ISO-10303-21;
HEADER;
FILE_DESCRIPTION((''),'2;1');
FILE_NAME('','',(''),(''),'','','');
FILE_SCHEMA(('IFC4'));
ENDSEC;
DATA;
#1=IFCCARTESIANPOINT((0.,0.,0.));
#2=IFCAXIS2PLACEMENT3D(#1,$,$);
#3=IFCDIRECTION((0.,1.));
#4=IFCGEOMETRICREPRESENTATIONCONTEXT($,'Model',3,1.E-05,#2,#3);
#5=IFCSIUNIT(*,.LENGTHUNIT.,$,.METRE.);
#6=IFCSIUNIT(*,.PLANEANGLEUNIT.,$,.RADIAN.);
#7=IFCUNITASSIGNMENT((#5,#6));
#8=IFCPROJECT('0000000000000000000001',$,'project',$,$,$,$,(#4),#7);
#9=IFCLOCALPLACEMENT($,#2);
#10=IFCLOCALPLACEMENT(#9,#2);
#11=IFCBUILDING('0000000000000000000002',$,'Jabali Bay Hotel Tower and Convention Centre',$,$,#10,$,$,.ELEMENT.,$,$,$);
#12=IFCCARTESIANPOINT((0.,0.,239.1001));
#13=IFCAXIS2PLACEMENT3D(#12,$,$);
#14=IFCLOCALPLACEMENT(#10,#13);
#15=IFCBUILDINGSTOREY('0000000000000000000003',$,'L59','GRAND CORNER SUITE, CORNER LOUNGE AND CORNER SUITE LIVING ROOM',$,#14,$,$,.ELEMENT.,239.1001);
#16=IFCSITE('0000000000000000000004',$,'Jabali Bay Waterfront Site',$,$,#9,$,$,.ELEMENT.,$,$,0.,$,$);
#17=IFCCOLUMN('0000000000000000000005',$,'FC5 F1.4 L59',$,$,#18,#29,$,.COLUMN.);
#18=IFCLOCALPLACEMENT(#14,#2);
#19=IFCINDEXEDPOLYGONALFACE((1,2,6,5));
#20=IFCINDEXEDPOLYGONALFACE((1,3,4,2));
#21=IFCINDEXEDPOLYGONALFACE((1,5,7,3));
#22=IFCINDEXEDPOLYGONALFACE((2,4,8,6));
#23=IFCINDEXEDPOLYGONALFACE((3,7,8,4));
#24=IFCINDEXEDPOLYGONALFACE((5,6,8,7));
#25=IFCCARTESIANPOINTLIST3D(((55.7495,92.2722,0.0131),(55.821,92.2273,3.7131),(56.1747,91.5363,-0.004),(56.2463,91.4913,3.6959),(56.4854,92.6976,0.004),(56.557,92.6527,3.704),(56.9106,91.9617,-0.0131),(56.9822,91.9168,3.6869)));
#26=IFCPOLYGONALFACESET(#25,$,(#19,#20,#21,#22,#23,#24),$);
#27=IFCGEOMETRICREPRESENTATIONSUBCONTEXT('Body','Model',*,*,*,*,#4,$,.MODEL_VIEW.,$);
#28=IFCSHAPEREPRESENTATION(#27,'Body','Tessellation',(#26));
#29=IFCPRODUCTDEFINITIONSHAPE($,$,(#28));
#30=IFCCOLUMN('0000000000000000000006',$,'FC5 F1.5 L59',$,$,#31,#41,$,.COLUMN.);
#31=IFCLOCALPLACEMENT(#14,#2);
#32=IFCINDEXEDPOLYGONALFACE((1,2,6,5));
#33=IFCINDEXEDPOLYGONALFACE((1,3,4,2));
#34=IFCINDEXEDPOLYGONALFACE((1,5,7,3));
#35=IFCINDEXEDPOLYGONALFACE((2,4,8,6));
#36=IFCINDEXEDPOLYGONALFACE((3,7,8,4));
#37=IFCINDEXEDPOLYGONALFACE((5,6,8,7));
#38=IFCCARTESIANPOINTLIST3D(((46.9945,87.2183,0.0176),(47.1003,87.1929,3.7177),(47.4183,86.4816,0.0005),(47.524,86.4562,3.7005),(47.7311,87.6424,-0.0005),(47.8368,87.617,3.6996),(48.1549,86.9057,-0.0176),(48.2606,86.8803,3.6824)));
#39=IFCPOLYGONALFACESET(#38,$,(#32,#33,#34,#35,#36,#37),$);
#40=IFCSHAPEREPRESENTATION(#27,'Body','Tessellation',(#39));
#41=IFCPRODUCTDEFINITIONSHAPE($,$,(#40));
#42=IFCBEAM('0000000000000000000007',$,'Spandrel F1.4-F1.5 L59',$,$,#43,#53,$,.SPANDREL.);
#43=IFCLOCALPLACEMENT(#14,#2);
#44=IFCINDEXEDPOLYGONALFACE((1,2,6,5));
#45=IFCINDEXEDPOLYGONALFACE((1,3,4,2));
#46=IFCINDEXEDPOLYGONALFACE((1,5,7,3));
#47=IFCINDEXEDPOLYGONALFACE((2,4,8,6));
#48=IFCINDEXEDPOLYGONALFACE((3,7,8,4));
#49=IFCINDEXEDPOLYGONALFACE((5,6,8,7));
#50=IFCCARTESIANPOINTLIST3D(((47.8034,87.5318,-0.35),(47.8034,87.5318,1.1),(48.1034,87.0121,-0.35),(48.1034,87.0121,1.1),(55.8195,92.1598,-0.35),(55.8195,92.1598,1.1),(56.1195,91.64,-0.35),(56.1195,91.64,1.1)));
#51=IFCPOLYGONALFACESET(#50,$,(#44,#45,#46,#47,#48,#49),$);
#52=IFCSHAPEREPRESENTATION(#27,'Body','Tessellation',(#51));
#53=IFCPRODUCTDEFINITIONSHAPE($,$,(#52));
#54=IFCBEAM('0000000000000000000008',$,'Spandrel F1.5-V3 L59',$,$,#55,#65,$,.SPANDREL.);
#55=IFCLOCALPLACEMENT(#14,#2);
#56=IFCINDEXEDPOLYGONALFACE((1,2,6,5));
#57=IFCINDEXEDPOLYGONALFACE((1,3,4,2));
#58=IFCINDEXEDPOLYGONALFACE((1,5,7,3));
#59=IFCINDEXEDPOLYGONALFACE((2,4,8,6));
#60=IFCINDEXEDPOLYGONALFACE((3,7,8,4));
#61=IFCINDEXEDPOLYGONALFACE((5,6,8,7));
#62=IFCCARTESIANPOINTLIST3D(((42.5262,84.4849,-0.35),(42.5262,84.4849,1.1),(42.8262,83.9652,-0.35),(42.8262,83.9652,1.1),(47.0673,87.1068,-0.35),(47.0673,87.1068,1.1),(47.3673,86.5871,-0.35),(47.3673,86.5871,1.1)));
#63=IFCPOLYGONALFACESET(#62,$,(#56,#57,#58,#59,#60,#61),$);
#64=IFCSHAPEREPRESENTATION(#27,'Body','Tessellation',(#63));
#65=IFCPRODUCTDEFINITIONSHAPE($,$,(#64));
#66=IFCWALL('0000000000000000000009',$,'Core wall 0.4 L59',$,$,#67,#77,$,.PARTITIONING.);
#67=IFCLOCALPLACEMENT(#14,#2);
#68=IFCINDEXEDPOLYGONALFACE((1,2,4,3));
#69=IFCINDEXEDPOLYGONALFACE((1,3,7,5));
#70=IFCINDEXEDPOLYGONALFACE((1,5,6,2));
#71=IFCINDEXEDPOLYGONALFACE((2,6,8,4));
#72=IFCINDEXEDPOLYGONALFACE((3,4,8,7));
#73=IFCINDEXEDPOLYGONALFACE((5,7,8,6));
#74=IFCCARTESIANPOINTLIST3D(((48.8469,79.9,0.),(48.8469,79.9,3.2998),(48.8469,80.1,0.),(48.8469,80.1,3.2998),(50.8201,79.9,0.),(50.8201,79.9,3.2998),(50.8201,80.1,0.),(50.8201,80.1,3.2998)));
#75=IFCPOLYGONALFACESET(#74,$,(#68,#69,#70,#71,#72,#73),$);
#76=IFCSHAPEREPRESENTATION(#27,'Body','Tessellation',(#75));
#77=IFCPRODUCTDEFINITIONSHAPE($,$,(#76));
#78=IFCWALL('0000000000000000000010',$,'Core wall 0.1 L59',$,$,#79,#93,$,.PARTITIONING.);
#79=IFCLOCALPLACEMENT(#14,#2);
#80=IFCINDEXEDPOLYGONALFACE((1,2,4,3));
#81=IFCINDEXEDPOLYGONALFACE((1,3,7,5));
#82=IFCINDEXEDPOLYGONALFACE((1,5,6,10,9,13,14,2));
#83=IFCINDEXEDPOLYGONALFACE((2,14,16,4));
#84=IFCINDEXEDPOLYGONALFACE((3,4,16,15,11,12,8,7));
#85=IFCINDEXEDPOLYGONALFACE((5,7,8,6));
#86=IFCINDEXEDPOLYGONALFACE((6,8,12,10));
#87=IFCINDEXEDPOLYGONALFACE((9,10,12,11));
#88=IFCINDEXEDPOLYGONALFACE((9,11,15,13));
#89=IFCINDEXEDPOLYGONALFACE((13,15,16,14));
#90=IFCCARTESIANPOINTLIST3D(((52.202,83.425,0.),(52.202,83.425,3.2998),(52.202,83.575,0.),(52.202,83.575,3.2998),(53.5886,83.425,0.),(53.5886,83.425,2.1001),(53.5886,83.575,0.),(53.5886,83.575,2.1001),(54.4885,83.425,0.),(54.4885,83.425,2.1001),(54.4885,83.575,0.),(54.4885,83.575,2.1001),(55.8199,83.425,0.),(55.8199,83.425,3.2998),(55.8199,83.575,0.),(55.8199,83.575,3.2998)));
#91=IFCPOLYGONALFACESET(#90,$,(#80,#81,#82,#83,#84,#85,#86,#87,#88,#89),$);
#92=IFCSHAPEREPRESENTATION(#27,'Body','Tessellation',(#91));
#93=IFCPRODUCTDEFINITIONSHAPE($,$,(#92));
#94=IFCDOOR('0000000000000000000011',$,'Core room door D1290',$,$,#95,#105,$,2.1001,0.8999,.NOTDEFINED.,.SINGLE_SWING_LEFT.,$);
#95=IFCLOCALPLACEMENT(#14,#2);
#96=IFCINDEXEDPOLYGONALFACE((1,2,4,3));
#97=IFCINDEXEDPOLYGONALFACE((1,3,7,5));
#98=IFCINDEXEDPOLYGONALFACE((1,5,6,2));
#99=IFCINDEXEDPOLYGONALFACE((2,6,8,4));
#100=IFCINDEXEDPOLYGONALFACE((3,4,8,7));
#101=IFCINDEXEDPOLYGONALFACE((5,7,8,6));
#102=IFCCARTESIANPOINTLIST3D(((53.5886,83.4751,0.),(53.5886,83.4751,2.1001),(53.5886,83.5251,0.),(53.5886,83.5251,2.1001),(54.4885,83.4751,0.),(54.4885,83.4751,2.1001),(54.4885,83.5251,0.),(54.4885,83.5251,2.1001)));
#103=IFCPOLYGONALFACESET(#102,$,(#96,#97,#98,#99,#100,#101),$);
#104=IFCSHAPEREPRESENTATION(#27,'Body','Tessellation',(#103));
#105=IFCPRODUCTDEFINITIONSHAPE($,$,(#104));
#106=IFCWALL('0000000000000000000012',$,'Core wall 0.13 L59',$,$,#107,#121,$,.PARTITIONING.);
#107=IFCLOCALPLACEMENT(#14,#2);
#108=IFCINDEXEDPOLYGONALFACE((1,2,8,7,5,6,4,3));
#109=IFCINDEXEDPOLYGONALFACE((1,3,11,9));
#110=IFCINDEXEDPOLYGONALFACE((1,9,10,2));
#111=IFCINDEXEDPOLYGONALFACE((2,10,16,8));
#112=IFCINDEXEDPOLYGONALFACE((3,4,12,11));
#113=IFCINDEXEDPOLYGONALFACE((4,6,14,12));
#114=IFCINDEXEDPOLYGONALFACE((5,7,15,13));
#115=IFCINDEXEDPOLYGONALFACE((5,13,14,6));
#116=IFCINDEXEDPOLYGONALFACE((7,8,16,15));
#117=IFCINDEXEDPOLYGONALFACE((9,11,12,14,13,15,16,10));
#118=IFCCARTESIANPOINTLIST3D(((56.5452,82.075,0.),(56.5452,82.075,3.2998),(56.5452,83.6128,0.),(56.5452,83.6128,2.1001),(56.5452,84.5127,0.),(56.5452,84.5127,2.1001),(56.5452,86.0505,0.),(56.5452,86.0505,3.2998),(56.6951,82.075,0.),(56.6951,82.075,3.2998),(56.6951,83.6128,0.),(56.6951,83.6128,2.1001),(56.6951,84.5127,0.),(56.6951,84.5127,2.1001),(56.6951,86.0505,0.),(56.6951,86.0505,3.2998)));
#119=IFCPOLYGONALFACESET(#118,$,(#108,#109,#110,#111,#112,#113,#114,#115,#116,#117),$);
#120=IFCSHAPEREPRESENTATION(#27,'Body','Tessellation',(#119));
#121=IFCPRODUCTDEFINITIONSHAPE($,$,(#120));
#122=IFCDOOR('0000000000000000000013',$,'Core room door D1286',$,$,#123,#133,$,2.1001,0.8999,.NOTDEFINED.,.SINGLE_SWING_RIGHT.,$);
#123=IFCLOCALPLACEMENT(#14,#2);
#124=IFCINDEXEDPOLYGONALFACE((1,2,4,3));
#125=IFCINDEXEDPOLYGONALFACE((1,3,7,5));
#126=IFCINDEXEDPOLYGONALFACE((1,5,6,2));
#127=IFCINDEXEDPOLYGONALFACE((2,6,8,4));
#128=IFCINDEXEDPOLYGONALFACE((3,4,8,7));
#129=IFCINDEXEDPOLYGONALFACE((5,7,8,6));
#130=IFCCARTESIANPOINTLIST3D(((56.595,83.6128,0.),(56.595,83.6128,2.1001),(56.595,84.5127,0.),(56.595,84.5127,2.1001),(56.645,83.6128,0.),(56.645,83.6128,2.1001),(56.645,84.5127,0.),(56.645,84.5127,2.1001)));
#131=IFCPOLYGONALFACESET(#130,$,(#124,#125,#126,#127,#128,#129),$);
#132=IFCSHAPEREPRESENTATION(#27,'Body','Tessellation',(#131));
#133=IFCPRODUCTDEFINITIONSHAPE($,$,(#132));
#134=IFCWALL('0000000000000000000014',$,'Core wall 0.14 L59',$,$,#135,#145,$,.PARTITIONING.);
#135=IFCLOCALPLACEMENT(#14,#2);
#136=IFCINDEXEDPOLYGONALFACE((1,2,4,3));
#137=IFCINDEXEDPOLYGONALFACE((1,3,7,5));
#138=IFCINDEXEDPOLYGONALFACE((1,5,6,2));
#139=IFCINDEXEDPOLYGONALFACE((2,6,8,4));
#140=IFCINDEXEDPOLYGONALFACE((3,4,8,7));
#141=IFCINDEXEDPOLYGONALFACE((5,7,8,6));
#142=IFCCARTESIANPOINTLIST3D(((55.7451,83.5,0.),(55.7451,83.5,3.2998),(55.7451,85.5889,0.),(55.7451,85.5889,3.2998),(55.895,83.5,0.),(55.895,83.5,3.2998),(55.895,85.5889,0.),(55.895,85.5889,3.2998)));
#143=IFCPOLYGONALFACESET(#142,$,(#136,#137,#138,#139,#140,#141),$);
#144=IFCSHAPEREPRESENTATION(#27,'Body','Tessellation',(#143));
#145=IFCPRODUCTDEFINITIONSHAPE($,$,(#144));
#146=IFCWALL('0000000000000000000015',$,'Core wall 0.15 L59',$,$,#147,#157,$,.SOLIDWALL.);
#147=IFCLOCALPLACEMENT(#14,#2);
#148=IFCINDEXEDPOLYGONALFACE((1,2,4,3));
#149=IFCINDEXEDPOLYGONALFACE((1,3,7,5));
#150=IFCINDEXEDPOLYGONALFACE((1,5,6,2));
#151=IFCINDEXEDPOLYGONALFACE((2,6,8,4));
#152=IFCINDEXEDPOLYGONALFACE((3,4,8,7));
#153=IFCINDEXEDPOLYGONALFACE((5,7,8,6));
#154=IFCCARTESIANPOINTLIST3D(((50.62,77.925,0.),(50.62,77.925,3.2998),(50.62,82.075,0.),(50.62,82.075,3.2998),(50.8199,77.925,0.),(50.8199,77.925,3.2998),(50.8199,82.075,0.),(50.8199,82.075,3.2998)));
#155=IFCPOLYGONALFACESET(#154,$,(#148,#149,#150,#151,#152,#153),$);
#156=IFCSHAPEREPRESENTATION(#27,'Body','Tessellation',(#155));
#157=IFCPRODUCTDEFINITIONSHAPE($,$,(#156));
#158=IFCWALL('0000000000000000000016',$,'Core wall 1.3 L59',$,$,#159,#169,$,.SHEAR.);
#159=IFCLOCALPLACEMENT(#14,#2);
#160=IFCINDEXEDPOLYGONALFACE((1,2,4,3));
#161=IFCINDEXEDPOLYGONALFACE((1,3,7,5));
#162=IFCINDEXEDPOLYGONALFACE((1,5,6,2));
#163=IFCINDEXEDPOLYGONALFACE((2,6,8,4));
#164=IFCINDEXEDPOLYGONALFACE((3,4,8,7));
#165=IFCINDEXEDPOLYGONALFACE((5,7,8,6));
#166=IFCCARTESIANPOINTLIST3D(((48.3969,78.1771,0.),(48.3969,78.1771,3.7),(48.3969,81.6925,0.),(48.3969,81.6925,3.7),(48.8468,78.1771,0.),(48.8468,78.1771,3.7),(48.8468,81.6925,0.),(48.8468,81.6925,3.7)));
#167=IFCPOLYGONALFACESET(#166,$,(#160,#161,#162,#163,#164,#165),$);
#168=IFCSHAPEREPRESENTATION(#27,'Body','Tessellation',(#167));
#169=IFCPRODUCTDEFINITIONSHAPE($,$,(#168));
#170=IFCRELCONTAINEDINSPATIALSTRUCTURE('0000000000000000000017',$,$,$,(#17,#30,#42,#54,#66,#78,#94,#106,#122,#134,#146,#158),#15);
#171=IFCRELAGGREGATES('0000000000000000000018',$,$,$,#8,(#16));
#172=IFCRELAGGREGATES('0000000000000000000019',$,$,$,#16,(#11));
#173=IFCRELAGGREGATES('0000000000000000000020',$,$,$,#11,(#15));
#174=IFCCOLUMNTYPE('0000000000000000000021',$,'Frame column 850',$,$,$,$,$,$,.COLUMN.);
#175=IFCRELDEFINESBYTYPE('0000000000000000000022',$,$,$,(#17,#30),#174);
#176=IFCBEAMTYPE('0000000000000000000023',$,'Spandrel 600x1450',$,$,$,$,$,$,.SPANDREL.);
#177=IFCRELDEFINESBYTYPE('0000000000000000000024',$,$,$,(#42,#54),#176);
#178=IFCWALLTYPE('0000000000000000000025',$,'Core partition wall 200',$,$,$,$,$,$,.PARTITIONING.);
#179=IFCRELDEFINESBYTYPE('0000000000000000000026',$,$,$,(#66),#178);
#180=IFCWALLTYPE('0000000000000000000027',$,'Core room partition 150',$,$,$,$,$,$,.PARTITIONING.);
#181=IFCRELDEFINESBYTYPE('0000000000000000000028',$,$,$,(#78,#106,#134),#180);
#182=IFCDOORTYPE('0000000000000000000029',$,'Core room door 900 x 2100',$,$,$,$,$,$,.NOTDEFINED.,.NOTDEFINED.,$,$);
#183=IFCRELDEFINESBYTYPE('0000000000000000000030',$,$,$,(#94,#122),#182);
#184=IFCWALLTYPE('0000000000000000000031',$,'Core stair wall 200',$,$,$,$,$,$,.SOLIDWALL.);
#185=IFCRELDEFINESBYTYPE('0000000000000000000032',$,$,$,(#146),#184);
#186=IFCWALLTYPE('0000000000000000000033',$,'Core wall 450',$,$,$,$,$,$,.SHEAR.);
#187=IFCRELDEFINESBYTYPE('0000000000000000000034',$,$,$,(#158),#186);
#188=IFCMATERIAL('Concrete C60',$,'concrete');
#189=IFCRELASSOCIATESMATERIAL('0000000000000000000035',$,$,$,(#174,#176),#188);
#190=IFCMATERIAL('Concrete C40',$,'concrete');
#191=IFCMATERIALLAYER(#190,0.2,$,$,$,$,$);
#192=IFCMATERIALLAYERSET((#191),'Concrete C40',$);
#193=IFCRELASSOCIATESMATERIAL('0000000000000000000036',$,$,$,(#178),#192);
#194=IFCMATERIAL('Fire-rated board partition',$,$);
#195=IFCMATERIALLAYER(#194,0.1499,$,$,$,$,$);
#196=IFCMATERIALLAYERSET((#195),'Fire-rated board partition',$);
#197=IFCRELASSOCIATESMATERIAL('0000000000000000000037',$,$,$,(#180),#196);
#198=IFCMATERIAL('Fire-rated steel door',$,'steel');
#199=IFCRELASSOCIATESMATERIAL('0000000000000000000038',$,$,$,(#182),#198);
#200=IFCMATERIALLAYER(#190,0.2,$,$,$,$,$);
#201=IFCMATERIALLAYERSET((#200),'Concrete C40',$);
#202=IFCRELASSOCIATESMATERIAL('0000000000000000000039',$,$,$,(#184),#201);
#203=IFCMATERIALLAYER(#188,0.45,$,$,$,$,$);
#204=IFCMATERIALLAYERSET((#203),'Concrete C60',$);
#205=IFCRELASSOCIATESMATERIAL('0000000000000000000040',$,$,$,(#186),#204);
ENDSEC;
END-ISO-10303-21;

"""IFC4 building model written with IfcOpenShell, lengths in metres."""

from ifc_helpers import new_model, si_unit, direction, frame, frame_2d, origin, origin_2d, place, context, subcontext, project, spatial, rectangle, extrude, material, layer, layer_set, material_profile, profile_set, type_object, element, fill, save


model = new_model("IFC4")

# Units and contexts
model_context = context("Model", 3, precision=1e-05, world=origin(), true_north=direction((0.0, 1.0)))
body_context = subcontext(model_context, "Body", "Model", "MODEL_VIEW")
ifc_project = project(units=[si_unit("LENGTHUNIT", "METRE"), si_unit("PLANEANGLEUNIT", "RADIAN")], contexts=[model_context])

# Site, building, storey
site_placement = place(None, origin())
site = spatial("IfcSite", under=ifc_project, at=site_placement, Name="Jabali Bay Waterfront Site", CompositionType="ELEMENT", RefElevation=0.0)
building_placement = place(site_placement, origin())
building = spatial("IfcBuilding", under=site, at=building_placement, Name="Jabali Bay Hotel Tower and Convention Centre", CompositionType="ELEMENT")
storey_placement = place(building_placement, frame((0.0, 0.0, 239.1001)))
storey = spatial("IfcBuildingStorey", under=building, at=storey_placement, Name="L59", Description="GRAND CORNER SUITE, CORNER LOUNGE AND CORNER SUITE LIVING ROOM", CompositionType="ELEMENT", Elevation=239.1001)

# Columns
ifc_material_1 = material(Name="Concrete C60", Category="concrete")
ifc_material_profile_1 = material_profile(ifc_material_1, rectangle(XDim=0.8501, YDim=0.8501, at=origin_2d()), Name="Frame column 850")
ifc_profile_set_1 = profile_set([ifc_material_profile_1], Name="Concrete C60")
column_type = type_object("IfcColumnType", Name="Frame column 850", PredefinedType="COLUMN", material=ifc_profile_set_1)
column_1_placement = place(storey_placement, frame((56.3301, 92.1169, 0.0), z_axis=(0.019329, -0.012138, 0.99974), x_axis=(-0.5002, 0.865675, 0.020181)))
element("IfcColumn", 1, at=column_1_placement, inside=storey, type_object=column_type, Name="FC5 F1.4 L59", PredefinedType="COLUMN", context=body_context, shape_type="SweptSolid", body=[
    extrude(rectangle(XDim=0.8501, YDim=0.8501, at=origin_2d()), origin(), (0.0, 0.0, 1.0), 3.7009),
])
column_2_placement = place(storey_placement, frame((47.5747, 87.062, 0.0), z_axis=(0.028559, -0.006859, 0.999569), x_axis=(-0.498513, 0.866647, 0.020191)))
element("IfcColumn", 2, at=column_2_placement, inside=storey, type_object=column_type, Name="FC5 F1.5 L59", PredefinedType="COLUMN", context=body_context, shape_type="SweptSolid", body=[
    extrude(rectangle(XDim=0.8501, YDim=0.8501, at=origin_2d()), origin(), (0.0, 0.0, 1.0), 3.7017),
])

# Beams
ifc_material_profile_2 = material_profile(ifc_material_1, rectangle(XDim=0.6001, YDim=1.45, at=origin_2d()), Name="Spandrel 600x1450")
ifc_profile_set_2 = profile_set([ifc_material_profile_2], Name="Concrete C60")
beam_type = type_object("IfcBeamType", Name="Spandrel 600x1450", PredefinedType="SPANDREL", material=ifc_profile_set_2)
beam_1_placement = place(storey_placement, frame((55.9695, 91.8999, 0.375), z_axis=(-0.866034, -0.499986, 0.0), x_axis=(0.499986, -0.866034, 0.0)))
element("IfcBeam", 3, at=beam_1_placement, inside=storey, type_object=beam_type, Name="Spandrel F1.4-F1.5 L59", PredefinedType="SPANDREL", context=body_context, shape_type="SweptSolid", body=[
    extrude(rectangle(XDim=0.6001, YDim=1.45, at=origin_2d()), origin(), (0.0, 0.0, 1.0), 9.2561),
])
beam_2_placement = place(storey_placement, frame((47.2173, 86.8469, 0.375), z_axis=(-0.86602, -0.50001, 0.0), x_axis=(0.50001, -0.86602, 0.0)))
element("IfcBeam", 4, at=beam_2_placement, inside=storey, type_object=beam_type, Name="Spandrel F1.5-V3 L59", PredefinedType="SPANDREL", context=body_context, shape_type="SweptSolid", body=[
    extrude(rectangle(XDim=0.6001, YDim=1.45, at=origin_2d()), origin(), (0.0, 0.0, 1.0), 5.2437),
])

# Wall
ifc_material_2 = material(Name="Concrete C40", Category="concrete")
ifc_layer_1 = layer(ifc_material_2, 0.2)
ifc_layer_set_1 = layer_set([ifc_layer_1], Name="Concrete C40")
wall_type_1 = type_object("IfcWallType", Name="Core partition wall 200", PredefinedType="PARTITIONING", material=ifc_layer_set_1)
wall_1_placement = place(storey_placement, frame((50.8201, 80.0, 0.0), z_axis=(0.0, 0.0, 1.0), x_axis=(-1.0, 0.0, 0.0)))
element("IfcWall", 5, at=wall_1_placement, inside=storey, type_object=wall_type_1, Name="Core wall 0.4 L59", PredefinedType="PARTITIONING", context=body_context, shape_type="SweptSolid", body=[
    extrude(rectangle(XDim=1.9731, YDim=0.2, at=frame_2d((0.9866, 0.0))), origin(), (0.0, 0.0, 1.0), 3.2998),
])

# Walls, openings, doors
ifc_material_3 = material(Name="Fire-rated board partition")
ifc_layer_2 = layer(ifc_material_3, 0.1499)
ifc_layer_set_2 = layer_set([ifc_layer_2], Name="Fire-rated board partition")
wall_type_2 = type_object("IfcWallType", Name="Core room partition 150", PredefinedType="PARTITIONING", material=ifc_layer_set_2)
wall_2_placement = place(storey_placement, frame((55.8201, 83.5, 0.0), z_axis=(0.0, 0.0, 1.0), x_axis=(-1.0, 0.0, 0.0)))
wall_2 = element("IfcWall", 6, at=wall_2_placement, inside=storey, type_object=wall_type_2, Name="Core wall 0.1 L59", PredefinedType="PARTITIONING", context=body_context, shape_type="SweptSolid", body=[
    extrude(rectangle(XDim=3.6179, YDim=0.1499, at=frame_2d((1.8091, 0.0))), origin(), (0.0, 0.0, 1.0), 3.2998),
])
opening_1_placement = place(wall_2_placement, frame((1.3315, 0.0, 0.0)))
opening_1 = element("IfcOpeningElement", 7, at=opening_1_placement, cuts=wall_2, PredefinedType="OPENING", context=body_context, shape_type="SweptSolid", body=[
    extrude(rectangle(XDim=0.8999, YDim=2.1001, at=frame_2d((0.45, 1.05))), frame((0.0, 0.0854, 0.0), z_axis=(0.0, -1.0, 0.0), x_axis=(1.0, 0.0, 0.0)), (0.0, 0.0, 1.0), 0.1709),
])
ifc_material_4 = material(Name="Fire-rated steel door", Category="steel")
door_type = type_object("IfcDoorType", Name="Core room door 900 x 2100", OperationType="NOTDEFINED", PredefinedType="NOTDEFINED", material=ifc_material_4)
door_1_placement = place(opening_1_placement, origin())
door_1 = element("IfcDoor", 8, at=door_1_placement, inside=storey, type_object=door_type, Name="Core room door D1290", OperationType="SINGLE_SWING_LEFT", OverallHeight=2.1001, OverallWidth=0.8999, PredefinedType="NOTDEFINED", context=body_context, shape_type="SweptSolid", body=[
    extrude(rectangle(XDim=0.8999, YDim=2.1001, at=frame_2d((0.45, 1.05))), frame((0.0, 0.0249, 0.0), z_axis=(0.0, -1.0, 0.0), x_axis=(1.0, 0.0, 0.0)), (0.0, 0.0, 1.0), 0.05),
])
fill(opening_1, door_1)
wall_3_placement = place(storey_placement, frame((56.6201, 86.0505, 0.0), z_axis=(0.0, 0.0, 1.0), x_axis=(0.0, -1.0, 0.0)))
wall_3 = element("IfcWall", 9, at=wall_3_placement, inside=storey, type_object=wall_type_2, Name="Core wall 0.13 L59", PredefinedType="PARTITIONING", context=body_context, shape_type="SweptSolid", body=[
    extrude(rectangle(XDim=3.9756, YDim=0.1499, at=frame_2d((1.9878, 0.0))), origin(), (0.0, 0.0, 1.0), 3.2998),
])
opening_2_placement = place(wall_3_placement, frame((1.5378, 0.0, 0.0)))
opening_2 = element("IfcOpeningElement", 10, at=opening_2_placement, cuts=wall_3, PredefinedType="OPENING", context=body_context, shape_type="SweptSolid", body=[
    extrude(rectangle(XDim=0.8999, YDim=2.1001, at=frame_2d((0.45, 1.05))), frame((0.0, 0.0854, 0.0), z_axis=(0.0, -1.0, 0.0), x_axis=(1.0, 0.0, 0.0)), (0.0, 0.0, 1.0), 0.1709),
])
door_2_placement = place(opening_2_placement, origin())
door_2 = element("IfcDoor", 11, at=door_2_placement, inside=storey, type_object=door_type, Name="Core room door D1286", OperationType="SINGLE_SWING_RIGHT", OverallHeight=2.1001, OverallWidth=0.8999, PredefinedType="NOTDEFINED", context=body_context, shape_type="SweptSolid", body=[
    extrude(rectangle(XDim=0.8999, YDim=2.1001, at=frame_2d((0.45, 1.05))), frame((0.0, 0.0249, 0.0), z_axis=(0.0, -1.0, 0.0), x_axis=(1.0, 0.0, 0.0)), (0.0, 0.0, 1.0), 0.05),
])
fill(opening_2, door_2)

# Walls
wall_4_placement = place(storey_placement, frame((55.8201, 85.5889, 0.0), z_axis=(0.0, 0.0, 1.0), x_axis=(0.0, -1.0, 0.0)))
element("IfcWall", 12, at=wall_4_placement, inside=storey, type_object=wall_type_2, Name="Core wall 0.14 L59", PredefinedType="PARTITIONING", context=body_context, shape_type="SweptSolid", body=[
    extrude(rectangle(XDim=2.0889, YDim=0.1499, at=frame_2d((1.0444, 0.0))), origin(), (0.0, 0.0, 1.0), 3.2998),
])
ifc_layer_3 = layer(ifc_material_2, 0.2)
ifc_layer_set_3 = layer_set([ifc_layer_3], Name="Concrete C40")
wall_type_3 = type_object("IfcWallType", Name="Core stair wall 200", PredefinedType="SOLIDWALL", material=ifc_layer_set_3)
wall_5_placement = place(storey_placement, frame((50.72, 82.075, 0.0), z_axis=(0.0, 0.0, 1.0), x_axis=(0.0, -1.0, 0.0)))
element("IfcWall", 13, at=wall_5_placement, inside=storey, type_object=wall_type_3, Name="Core wall 0.15 L59", PredefinedType="SOLIDWALL", context=body_context, shape_type="SweptSolid", body=[
    extrude(rectangle(XDim=4.1499, YDim=0.2, at=frame_2d((2.075, 0.0))), origin(), (0.0, 0.0, 1.0), 3.2998),
])
ifc_layer_4 = layer(ifc_material_1, 0.45)
ifc_layer_set_4 = layer_set([ifc_layer_4], Name="Concrete C60")
wall_type_4 = type_object("IfcWallType", Name="Core wall 450", PredefinedType="SHEAR", material=ifc_layer_set_4)
wall_6_placement = place(storey_placement, frame((48.6218, 81.6926, 0.0), z_axis=(0.0, 0.0, 1.0), x_axis=(0.0, -1.0, 0.0)))
element("IfcWall", 14, at=wall_6_placement, inside=storey, type_object=wall_type_4, Name="Core wall 1.3 L59", PredefinedType="SHEAR", context=body_context, shape_type="SweptSolid", body=[
    extrude(rectangle(XDim=3.5154, YDim=0.45, at=frame_2d((1.7578, 0.0))), origin(), (0.0, 0.0, 1.0), 3.7),
])

save(model, "model.ifc")
